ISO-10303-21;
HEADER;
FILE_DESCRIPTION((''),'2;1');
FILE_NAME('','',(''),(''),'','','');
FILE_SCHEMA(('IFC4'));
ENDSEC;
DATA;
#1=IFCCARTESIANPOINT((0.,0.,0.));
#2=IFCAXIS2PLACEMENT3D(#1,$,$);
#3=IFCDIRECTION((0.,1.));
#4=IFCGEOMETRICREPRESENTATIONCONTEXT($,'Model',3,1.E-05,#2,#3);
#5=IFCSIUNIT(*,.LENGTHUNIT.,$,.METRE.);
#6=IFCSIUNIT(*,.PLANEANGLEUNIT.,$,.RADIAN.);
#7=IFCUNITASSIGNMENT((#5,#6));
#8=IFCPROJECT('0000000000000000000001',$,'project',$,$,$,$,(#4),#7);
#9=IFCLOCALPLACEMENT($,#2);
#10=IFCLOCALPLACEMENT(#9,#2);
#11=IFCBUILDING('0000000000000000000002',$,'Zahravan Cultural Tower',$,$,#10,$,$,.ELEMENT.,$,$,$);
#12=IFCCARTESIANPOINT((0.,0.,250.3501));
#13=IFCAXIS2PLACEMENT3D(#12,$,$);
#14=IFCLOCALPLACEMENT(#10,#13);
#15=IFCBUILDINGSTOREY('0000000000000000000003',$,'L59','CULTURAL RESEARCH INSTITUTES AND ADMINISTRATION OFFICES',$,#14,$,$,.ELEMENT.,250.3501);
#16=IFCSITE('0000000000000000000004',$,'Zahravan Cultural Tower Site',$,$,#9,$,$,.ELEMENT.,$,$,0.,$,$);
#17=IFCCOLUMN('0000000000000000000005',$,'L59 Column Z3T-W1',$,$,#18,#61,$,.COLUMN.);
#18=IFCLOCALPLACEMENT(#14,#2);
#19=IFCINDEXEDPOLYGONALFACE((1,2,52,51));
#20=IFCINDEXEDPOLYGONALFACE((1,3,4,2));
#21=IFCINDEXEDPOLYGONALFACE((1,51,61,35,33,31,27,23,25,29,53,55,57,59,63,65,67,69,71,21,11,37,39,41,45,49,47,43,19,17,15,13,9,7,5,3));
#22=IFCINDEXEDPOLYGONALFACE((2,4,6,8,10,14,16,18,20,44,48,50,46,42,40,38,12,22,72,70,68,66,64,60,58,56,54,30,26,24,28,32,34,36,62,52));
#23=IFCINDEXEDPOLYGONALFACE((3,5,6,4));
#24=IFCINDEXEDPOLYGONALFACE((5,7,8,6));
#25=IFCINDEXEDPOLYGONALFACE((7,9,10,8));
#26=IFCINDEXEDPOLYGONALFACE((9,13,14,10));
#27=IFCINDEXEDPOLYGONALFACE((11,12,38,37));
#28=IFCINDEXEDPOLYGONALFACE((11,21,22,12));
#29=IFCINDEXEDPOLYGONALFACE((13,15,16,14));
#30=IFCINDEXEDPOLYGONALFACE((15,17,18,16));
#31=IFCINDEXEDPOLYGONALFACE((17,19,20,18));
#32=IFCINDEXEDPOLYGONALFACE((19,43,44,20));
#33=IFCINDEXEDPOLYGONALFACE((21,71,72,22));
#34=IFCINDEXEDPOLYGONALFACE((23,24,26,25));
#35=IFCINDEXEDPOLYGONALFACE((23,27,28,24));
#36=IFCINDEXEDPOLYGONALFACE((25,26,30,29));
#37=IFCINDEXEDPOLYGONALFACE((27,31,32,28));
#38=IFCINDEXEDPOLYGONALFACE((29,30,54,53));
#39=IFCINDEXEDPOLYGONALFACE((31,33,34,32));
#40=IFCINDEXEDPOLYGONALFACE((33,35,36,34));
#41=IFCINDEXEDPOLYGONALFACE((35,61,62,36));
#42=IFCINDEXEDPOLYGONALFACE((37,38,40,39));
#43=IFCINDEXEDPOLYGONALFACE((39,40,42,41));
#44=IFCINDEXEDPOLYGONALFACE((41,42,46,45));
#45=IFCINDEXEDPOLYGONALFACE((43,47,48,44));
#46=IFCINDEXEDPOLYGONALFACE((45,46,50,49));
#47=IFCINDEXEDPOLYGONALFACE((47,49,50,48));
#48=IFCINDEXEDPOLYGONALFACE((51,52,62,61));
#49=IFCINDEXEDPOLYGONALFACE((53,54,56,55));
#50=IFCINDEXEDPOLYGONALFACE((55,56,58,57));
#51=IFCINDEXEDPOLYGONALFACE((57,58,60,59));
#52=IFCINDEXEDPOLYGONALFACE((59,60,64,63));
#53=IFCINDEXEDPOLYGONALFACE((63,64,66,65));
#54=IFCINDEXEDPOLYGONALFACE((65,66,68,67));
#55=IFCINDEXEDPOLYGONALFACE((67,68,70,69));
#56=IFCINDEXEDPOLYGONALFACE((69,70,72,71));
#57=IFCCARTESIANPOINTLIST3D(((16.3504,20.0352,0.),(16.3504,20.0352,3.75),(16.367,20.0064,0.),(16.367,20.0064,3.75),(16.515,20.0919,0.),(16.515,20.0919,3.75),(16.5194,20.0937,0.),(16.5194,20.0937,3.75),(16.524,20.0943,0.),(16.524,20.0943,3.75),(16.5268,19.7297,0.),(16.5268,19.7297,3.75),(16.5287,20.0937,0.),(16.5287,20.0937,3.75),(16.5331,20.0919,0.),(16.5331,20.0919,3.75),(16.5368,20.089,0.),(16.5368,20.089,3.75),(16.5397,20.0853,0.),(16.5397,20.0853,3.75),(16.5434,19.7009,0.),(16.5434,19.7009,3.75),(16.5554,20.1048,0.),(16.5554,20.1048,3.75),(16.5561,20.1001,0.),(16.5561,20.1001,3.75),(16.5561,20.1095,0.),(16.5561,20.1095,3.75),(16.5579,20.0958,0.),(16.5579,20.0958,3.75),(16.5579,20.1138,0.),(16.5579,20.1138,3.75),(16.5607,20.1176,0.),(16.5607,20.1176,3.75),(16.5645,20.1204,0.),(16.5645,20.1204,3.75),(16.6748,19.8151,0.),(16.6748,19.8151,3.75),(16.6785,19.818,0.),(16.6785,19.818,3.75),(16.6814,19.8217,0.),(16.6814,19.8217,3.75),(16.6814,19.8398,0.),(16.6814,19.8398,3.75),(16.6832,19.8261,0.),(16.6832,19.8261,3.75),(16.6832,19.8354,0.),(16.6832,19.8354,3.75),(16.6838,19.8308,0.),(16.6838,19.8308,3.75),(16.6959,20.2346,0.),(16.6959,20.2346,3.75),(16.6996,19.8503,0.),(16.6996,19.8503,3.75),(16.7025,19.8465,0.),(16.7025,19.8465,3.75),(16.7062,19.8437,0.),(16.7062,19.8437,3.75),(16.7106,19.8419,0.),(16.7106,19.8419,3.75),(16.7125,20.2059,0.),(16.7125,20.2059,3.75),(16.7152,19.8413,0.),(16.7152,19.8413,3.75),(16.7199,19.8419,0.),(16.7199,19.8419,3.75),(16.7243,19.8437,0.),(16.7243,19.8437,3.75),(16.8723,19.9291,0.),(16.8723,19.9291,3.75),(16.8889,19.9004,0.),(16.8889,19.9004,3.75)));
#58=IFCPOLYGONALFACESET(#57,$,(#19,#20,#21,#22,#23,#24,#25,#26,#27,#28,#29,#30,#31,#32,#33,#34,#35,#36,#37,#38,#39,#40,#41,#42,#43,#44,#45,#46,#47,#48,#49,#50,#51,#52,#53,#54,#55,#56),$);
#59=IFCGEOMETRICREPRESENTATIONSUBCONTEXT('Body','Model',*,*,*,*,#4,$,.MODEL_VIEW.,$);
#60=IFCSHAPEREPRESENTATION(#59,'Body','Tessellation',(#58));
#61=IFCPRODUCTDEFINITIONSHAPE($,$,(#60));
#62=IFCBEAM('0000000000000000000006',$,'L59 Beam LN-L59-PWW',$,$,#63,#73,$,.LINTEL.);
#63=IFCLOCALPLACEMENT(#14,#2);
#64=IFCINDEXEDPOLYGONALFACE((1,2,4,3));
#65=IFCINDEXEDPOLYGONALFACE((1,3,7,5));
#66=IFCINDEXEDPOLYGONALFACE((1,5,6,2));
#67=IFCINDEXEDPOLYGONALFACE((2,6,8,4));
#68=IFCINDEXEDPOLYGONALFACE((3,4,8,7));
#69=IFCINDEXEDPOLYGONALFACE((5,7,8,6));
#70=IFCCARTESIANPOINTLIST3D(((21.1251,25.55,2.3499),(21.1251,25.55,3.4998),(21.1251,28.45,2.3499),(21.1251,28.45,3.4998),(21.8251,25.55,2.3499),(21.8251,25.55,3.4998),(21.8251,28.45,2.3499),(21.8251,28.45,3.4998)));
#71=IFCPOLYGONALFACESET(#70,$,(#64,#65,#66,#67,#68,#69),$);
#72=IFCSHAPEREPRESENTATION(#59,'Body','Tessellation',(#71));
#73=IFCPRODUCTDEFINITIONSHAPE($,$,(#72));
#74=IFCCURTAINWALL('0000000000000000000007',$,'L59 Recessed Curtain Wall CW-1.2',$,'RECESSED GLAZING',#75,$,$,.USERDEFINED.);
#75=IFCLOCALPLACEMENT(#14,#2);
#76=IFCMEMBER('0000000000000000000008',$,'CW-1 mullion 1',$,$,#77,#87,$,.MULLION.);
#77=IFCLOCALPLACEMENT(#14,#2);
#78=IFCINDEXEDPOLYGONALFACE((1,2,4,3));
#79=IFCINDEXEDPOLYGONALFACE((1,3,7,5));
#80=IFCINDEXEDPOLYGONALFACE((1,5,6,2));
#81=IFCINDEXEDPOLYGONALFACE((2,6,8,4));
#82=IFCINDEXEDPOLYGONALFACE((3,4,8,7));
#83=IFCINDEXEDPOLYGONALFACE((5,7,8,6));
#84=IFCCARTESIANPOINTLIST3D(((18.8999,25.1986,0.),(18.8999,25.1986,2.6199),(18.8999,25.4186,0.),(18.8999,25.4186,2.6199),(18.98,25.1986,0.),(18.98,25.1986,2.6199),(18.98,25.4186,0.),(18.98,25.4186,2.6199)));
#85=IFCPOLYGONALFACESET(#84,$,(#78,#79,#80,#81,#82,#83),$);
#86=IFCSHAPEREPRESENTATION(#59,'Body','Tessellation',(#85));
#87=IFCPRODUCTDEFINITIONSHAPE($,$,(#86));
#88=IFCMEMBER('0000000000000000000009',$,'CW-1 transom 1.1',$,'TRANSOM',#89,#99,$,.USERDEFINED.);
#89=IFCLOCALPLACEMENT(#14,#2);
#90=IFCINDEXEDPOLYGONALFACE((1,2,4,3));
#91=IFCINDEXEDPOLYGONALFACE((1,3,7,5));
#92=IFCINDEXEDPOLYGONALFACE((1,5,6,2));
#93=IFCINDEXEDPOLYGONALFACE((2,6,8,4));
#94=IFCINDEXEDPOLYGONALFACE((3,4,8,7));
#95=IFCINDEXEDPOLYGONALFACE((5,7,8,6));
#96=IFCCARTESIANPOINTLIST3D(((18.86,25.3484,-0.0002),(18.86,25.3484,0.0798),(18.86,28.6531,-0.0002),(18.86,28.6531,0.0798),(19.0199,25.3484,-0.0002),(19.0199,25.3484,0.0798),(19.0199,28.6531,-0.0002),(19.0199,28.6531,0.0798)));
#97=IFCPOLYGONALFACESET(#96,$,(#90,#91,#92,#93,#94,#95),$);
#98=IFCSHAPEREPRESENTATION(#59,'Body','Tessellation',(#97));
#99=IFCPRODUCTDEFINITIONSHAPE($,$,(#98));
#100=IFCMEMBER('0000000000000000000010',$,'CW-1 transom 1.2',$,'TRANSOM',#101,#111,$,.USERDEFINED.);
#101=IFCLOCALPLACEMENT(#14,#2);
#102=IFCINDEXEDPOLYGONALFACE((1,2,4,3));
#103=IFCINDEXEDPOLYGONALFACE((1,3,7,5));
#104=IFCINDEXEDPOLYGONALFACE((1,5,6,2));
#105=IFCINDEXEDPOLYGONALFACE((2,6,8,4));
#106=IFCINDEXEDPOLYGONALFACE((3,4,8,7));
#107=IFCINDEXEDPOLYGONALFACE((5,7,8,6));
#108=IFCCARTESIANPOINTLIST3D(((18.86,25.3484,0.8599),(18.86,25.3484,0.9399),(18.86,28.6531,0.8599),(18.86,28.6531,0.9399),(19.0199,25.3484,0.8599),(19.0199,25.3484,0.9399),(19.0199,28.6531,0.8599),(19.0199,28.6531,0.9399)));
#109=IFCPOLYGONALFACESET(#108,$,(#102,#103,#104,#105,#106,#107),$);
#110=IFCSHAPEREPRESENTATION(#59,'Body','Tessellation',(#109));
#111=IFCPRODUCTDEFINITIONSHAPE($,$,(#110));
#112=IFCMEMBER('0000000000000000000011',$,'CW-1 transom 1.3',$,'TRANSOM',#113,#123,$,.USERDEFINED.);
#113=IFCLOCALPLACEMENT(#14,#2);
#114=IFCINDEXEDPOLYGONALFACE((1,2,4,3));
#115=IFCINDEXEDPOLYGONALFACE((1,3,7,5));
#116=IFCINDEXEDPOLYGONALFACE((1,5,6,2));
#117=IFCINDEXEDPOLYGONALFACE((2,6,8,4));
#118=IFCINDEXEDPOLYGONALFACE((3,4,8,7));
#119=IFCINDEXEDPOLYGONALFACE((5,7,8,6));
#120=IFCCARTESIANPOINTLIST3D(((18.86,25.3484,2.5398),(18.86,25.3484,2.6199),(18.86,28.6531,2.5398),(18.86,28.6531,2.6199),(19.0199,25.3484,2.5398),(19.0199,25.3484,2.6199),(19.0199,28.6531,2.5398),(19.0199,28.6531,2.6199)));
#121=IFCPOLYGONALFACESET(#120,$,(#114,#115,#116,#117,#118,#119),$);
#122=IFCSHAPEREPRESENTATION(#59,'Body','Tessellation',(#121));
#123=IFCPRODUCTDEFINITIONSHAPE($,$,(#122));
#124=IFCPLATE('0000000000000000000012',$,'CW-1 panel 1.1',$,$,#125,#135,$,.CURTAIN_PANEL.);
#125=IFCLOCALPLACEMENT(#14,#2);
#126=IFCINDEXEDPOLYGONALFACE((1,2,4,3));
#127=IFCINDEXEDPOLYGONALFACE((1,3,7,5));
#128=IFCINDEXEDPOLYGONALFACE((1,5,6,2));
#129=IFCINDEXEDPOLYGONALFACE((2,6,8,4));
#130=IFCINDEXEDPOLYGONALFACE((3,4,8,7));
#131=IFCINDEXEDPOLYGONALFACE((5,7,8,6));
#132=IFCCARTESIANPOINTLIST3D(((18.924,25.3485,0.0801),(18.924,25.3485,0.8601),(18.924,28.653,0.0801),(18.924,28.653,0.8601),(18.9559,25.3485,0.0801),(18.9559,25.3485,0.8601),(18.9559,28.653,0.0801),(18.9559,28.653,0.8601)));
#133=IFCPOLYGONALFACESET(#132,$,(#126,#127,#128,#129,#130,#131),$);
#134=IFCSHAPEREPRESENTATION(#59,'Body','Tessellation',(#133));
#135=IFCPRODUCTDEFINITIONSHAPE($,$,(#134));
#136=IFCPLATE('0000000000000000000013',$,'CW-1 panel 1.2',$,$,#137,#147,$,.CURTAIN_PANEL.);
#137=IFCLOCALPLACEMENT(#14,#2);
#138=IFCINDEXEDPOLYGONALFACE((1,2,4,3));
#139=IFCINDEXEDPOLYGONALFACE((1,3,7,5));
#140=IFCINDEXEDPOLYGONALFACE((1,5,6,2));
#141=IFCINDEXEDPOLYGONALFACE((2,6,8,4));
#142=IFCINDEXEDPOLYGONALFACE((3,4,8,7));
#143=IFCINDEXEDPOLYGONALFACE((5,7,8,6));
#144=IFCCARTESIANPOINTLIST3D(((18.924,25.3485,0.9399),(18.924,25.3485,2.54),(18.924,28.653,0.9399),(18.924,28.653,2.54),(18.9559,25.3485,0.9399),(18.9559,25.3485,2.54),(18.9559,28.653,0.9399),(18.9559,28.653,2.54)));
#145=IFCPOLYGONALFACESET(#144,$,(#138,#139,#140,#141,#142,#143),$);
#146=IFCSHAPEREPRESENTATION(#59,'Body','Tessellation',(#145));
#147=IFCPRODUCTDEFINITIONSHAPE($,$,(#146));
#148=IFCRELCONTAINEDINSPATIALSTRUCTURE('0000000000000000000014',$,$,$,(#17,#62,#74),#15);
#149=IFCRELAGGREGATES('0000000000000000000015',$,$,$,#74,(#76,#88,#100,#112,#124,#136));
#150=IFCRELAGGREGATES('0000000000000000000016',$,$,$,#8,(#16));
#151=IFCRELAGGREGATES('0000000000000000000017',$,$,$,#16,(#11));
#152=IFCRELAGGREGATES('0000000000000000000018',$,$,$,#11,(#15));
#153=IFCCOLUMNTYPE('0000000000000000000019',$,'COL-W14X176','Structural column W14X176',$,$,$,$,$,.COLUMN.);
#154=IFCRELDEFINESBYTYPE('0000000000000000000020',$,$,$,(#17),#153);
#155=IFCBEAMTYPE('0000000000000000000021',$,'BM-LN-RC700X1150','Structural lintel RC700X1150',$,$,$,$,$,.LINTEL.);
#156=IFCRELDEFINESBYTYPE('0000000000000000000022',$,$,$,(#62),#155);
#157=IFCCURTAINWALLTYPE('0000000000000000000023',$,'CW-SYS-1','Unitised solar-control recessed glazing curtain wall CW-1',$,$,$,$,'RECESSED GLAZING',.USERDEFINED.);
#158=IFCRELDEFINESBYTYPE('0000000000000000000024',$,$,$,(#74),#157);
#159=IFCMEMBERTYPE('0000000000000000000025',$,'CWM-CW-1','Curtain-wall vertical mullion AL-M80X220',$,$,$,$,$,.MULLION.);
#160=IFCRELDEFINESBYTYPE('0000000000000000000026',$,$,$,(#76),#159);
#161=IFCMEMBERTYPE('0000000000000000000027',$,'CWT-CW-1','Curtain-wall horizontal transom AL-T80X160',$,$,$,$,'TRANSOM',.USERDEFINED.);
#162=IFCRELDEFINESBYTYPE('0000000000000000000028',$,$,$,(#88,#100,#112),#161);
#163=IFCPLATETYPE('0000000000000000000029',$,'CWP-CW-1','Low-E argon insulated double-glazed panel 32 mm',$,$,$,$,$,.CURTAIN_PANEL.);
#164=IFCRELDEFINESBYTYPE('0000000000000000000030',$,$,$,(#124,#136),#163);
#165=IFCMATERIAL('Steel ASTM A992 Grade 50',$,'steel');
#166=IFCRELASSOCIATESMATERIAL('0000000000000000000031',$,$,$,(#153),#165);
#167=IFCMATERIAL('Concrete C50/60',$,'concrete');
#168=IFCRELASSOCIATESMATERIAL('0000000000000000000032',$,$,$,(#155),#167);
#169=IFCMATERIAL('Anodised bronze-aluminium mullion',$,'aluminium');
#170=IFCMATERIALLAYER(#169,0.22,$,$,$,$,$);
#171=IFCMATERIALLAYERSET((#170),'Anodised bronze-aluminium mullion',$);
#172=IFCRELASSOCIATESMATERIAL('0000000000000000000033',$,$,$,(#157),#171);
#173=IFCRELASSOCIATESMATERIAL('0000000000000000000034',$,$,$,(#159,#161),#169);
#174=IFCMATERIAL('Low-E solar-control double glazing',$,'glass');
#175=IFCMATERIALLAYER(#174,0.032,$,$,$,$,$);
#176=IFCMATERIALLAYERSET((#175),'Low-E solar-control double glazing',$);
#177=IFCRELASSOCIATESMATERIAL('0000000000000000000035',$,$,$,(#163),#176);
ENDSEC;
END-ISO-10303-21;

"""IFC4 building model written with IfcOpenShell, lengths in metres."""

from ifc_helpers import new_model, si_unit, direction, frame, origin, origin_2d, place, context, subcontext, project, spatial, rectangle, i_section, extrude, source, transform, mapped, material, layer, layer_set, material_profile, profile_set, type_object, element, aggregate, save


model = new_model("IFC4")

# Units and contexts
model_context = context("Model", 3, precision=1e-05, world=origin(), true_north=direction((0.0, 1.0)))
body_context = subcontext(model_context, "Body", "Model", "MODEL_VIEW")
ifc_project = project(units=[si_unit("LENGTHUNIT", "METRE"), si_unit("PLANEANGLEUNIT", "RADIAN")], contexts=[model_context])

# Site, building, storey
site_placement = place(None, origin())
site = spatial("IfcSite", under=ifc_project, at=site_placement, Name="Zahravan Cultural Tower Site", CompositionType="ELEMENT", RefElevation=0.0)
building_placement = place(site_placement, origin())
building = spatial("IfcBuilding", under=site, at=building_placement, Name="Zahravan Cultural Tower", CompositionType="ELEMENT")
storey_placement = place(building_placement, frame((0.0, 0.0, 250.3501)))
storey = spatial("IfcBuildingStorey", under=building, at=storey_placement, Name="L59", Description="CULTURAL RESEARCH INSTITUTES AND ADMINISTRATION OFFICES", CompositionType="ELEMENT", Elevation=250.3501)

# Column
ifc_material_1 = material(Name="Steel ASTM A992 Grade 50", Category="steel")
ifc_material_profile_1 = material_profile(ifc_material_1, i_section(OverallWidth=0.3989, OverallDepth=0.386, WebThickness=0.021, FlangeThickness=0.0332, FilletRadius=0.0181, at=origin_2d()), Name="W14X176")
ifc_profile_set_1 = profile_set([ifc_material_profile_1], Name="Steel ASTM A992 Grade 50")
column_type = type_object("IfcColumnType", Name="COL-W14X176", Description="Structural column W14X176", PredefinedType="COLUMN", material=ifc_profile_set_1)
shared_shape_1 = source(origin(), body_context, "Body", "SweptSolid", [
    extrude(i_section(OverallWidth=0.3989, OverallDepth=0.386, WebThickness=0.021, FlangeThickness=0.0332, FilletRadius=0.0181, at=origin_2d()), origin(), (0.0, 0.0, 1.0), 3.75),
])
column_placement = place(storey_placement, frame((16.6196, 19.9678, 0.0), z_axis=(0.0, 0.0, 1.0), x_axis=(0.866025, 0.5, 0.0)))
element("IfcColumn", 1, at=column_placement, inside=storey, type_object=column_type, Name="L59 Column Z3T-W1", PredefinedType="COLUMN", context=body_context, shape_type="MappedRepresentation", body=[
    mapped(shared_shape_1, transform((0.0, 0.0, 0.0), x_axis=(1.0, 0.0, 0.0), y_axis=(0.0, 1.0, 0.0), z_axis=(0.0, 0.0, 1.0), scale=1.0)),
])

# Beam
ifc_material_2 = material(Name="Concrete C50/60", Category="concrete")
ifc_material_profile_2 = material_profile(ifc_material_2, rectangle(XDim=0.7, YDim=1.1499, at=origin_2d()), Name="RC700X1150")
ifc_profile_set_2 = profile_set([ifc_material_profile_2], Name="Concrete C50/60")
beam_type = type_object("IfcBeamType", Name="BM-LN-RC700X1150", Description="Structural lintel RC700X1150", PredefinedType="LINTEL", material=ifc_profile_set_2)
shared_shape_2 = source(origin(), body_context, "Body", "SweptSolid", [
    extrude(rectangle(XDim=0.7, YDim=1.1499, at=origin_2d()), origin(), (0.0, 0.0, 1.0), 2.8999),
])
beam_placement = place(storey_placement, frame((21.4751, 25.55, 2.9248), z_axis=(0.0, 1.0, 0.0), x_axis=(-1.0, 0.0, 0.0)))
element("IfcBeam", 2, at=beam_placement, inside=storey, type_object=beam_type, Name="L59 Beam LN-L59-PWW", PredefinedType="LINTEL", context=body_context, shape_type="MappedRepresentation", body=[
    mapped(shared_shape_2, transform((0.0, 0.0, 0.0), x_axis=(1.0, 0.0, 0.0), y_axis=(0.0, 1.0, 0.0), z_axis=(0.0, 0.0, 1.0), scale=1.0)),
])

# Curtain wall, members, plates
ifc_material_3 = material(Name="Anodised bronze-aluminium mullion", Category="aluminium")
ifc_layer_1 = layer(ifc_material_3, 0.22)
ifc_layer_set_1 = layer_set([ifc_layer_1], Name="Anodised bronze-aluminium mullion")
curtain_wall_type = type_object("IfcCurtainWallType", Name="CW-SYS-1", Description="Unitised solar-control recessed glazing curtain wall CW-1", ElementType="RECESSED GLAZING", PredefinedType="USERDEFINED", material=ifc_layer_set_1)
curtain_wall_placement = place(storey_placement, origin())
curtain_wall = element("IfcCurtainWall", 3, at=curtain_wall_placement, inside=storey, type_object=curtain_wall_type, Name="L59 Recessed Curtain Wall CW-1.2", ObjectType="RECESSED GLAZING", PredefinedType="USERDEFINED")
ifc_material_profile_3 = material_profile(ifc_material_3, rectangle(XDim=0.0801, YDim=0.22, at=origin_2d()), Name="AL-M80X220")
ifc_profile_set_3 = profile_set([ifc_material_profile_3], Name="Anodised bronze-aluminium mullion")
member_type_1 = type_object("IfcMemberType", Name="CWM-CW-1", Description="Curtain-wall vertical mullion AL-M80X220", PredefinedType="MULLION", material=ifc_profile_set_3)
shared_shape_3 = source(origin(), body_context, "Body", "SweptSolid", [
    extrude(rectangle(XDim=0.0801, YDim=0.22, at=origin_2d()), origin(), (0.0, 0.0, 1.0), 2.6199),
])
member_1_placement = place(storey_placement, frame((18.9399, 25.3086, 0.0), z_axis=(0.0, 0.0, 1.0), x_axis=(-1.0, 0.0, 0.0)))
member_1 = element("IfcMember", 4, at=member_1_placement, type_object=member_type_1, Name="CW-1 mullion 1", PredefinedType="MULLION", context=body_context, shape_type="MappedRepresentation", body=[
    mapped(shared_shape_3, transform((0.0, 0.0, 0.0), x_axis=(1.0, 0.0, 0.0), y_axis=(0.0, 1.0, 0.0), z_axis=(0.0, 0.0, 1.0), scale=1.0)),
])
ifc_material_profile_4 = material_profile(ifc_material_3, rectangle(XDim=0.1599, YDim=0.0801, at=origin_2d()), Name="AL-T80X160")
ifc_profile_set_4 = profile_set([ifc_material_profile_4], Name="Anodised bronze-aluminium mullion")
member_type_2 = type_object("IfcMemberType", Name="CWT-CW-1", Description="Curtain-wall horizontal transom AL-T80X160", ElementType="TRANSOM", PredefinedType="USERDEFINED", material=ifc_profile_set_4)
shared_shape_4 = source(origin(), body_context, "Body", "SweptSolid", [
    extrude(rectangle(XDim=0.1599, YDim=0.0801, at=origin_2d()), origin(), (0.0, 0.0, 1.0), 3.3047),
])
member_2_placement = place(storey_placement, frame((18.9399, 25.3484, 0.0398), z_axis=(0.0, 1.0, 0.0), x_axis=(-1.0, 0.0, 0.0)))
member_2 = element("IfcMember", 5, at=member_2_placement, type_object=member_type_2, Name="CW-1 transom 1.1", ObjectType="TRANSOM", PredefinedType="USERDEFINED", context=body_context, shape_type="MappedRepresentation", body=[
    mapped(shared_shape_4, transform((0.0, 0.0, 0.0), x_axis=(1.0, 0.0, 0.0), y_axis=(0.0, 1.0, 0.0), z_axis=(0.0, 0.0, 1.0), scale=1.0)),
])
member_3_placement = place(storey_placement, frame((18.9399, 25.3484, 0.8999), z_axis=(0.0, 1.0, 0.0), x_axis=(-1.0, 0.0, 0.0)))
member_3 = element("IfcMember", 6, at=member_3_placement, type_object=member_type_2, Name="CW-1 transom 1.2", ObjectType="TRANSOM", PredefinedType="USERDEFINED", context=body_context, shape_type="MappedRepresentation", body=[
    mapped(shared_shape_4, transform((0.0, 0.0, 0.0), x_axis=(1.0, 0.0, 0.0), y_axis=(0.0, 1.0, 0.0), z_axis=(0.0, 0.0, 1.0), scale=1.0)),
])
member_4_placement = place(storey_placement, frame((18.9399, 25.3484, 2.5798), z_axis=(0.0, 1.0, 0.0), x_axis=(-1.0, 0.0, 0.0)))
member_4 = element("IfcMember", 7, at=member_4_placement, type_object=member_type_2, Name="CW-1 transom 1.3", ObjectType="TRANSOM", PredefinedType="USERDEFINED", context=body_context, shape_type="MappedRepresentation", body=[
    mapped(shared_shape_4, transform((0.0, 0.0, 0.0), x_axis=(1.0, 0.0, 0.0), y_axis=(0.0, 1.0, 0.0), z_axis=(0.0, 0.0, 1.0), scale=1.0)),
])
ifc_material_4 = material(Name="Low-E solar-control double glazing", Category="glass")
ifc_layer_2 = layer(ifc_material_4, 0.032)
ifc_layer_set_2 = layer_set([ifc_layer_2], Name="Low-E solar-control double glazing")
plate_type = type_object("IfcPlateType", Name="CWP-CW-1", Description="Low-E argon insulated double-glazed panel 32 mm", PredefinedType="CURTAIN_PANEL", material=ifc_layer_set_2)
shared_shape_5 = source(origin(), body_context, "Body", "SweptSolid", [
    extrude(rectangle(XDim=3.3044, YDim=0.032, at=origin_2d()), origin(), (0.0, 0.0, 1.0), 0.78),
])
plate_1_placement = place(storey_placement, frame((18.9399, 27.0007, 0.0801), z_axis=(0.0, 0.0, 1.0), x_axis=(0.0, 1.0, 0.0)))
plate_1 = element("IfcPlate", 8, at=plate_1_placement, type_object=plate_type, Name="CW-1 panel 1.1", PredefinedType="CURTAIN_PANEL", context=body_context, shape_type="MappedRepresentation", body=[
    mapped(shared_shape_5, transform((0.0, 0.0, 0.0), x_axis=(1.0, 0.0, 0.0), y_axis=(0.0, 1.0, 0.0), z_axis=(0.0, 0.0, 1.0), scale=1.0)),
])
shared_shape_6 = source(origin(), body_context, "Body", "SweptSolid", [
    extrude(rectangle(XDim=3.3044, YDim=0.032, at=origin_2d()), origin(), (0.0, 0.0, 1.0), 1.6001),
])
plate_2_placement = place(storey_placement, frame((18.9399, 27.0007, 0.9399), z_axis=(0.0, 0.0, 1.0), x_axis=(0.0, 1.0, 0.0)))
plate_2 = element("IfcPlate", 9, at=plate_2_placement, type_object=plate_type, Name="CW-1 panel 1.2", PredefinedType="CURTAIN_PANEL", context=body_context, shape_type="MappedRepresentation", body=[
    mapped(shared_shape_6, transform((0.0, 0.0, 0.0), x_axis=(1.0, 0.0, 0.0), y_axis=(0.0, 1.0, 0.0), z_axis=(0.0, 0.0, 1.0), scale=1.0)),
])
aggregate(curtain_wall, [member_1, member_2, member_3, member_4, plate_1, plate_2])

save(model, "model.ifc")
